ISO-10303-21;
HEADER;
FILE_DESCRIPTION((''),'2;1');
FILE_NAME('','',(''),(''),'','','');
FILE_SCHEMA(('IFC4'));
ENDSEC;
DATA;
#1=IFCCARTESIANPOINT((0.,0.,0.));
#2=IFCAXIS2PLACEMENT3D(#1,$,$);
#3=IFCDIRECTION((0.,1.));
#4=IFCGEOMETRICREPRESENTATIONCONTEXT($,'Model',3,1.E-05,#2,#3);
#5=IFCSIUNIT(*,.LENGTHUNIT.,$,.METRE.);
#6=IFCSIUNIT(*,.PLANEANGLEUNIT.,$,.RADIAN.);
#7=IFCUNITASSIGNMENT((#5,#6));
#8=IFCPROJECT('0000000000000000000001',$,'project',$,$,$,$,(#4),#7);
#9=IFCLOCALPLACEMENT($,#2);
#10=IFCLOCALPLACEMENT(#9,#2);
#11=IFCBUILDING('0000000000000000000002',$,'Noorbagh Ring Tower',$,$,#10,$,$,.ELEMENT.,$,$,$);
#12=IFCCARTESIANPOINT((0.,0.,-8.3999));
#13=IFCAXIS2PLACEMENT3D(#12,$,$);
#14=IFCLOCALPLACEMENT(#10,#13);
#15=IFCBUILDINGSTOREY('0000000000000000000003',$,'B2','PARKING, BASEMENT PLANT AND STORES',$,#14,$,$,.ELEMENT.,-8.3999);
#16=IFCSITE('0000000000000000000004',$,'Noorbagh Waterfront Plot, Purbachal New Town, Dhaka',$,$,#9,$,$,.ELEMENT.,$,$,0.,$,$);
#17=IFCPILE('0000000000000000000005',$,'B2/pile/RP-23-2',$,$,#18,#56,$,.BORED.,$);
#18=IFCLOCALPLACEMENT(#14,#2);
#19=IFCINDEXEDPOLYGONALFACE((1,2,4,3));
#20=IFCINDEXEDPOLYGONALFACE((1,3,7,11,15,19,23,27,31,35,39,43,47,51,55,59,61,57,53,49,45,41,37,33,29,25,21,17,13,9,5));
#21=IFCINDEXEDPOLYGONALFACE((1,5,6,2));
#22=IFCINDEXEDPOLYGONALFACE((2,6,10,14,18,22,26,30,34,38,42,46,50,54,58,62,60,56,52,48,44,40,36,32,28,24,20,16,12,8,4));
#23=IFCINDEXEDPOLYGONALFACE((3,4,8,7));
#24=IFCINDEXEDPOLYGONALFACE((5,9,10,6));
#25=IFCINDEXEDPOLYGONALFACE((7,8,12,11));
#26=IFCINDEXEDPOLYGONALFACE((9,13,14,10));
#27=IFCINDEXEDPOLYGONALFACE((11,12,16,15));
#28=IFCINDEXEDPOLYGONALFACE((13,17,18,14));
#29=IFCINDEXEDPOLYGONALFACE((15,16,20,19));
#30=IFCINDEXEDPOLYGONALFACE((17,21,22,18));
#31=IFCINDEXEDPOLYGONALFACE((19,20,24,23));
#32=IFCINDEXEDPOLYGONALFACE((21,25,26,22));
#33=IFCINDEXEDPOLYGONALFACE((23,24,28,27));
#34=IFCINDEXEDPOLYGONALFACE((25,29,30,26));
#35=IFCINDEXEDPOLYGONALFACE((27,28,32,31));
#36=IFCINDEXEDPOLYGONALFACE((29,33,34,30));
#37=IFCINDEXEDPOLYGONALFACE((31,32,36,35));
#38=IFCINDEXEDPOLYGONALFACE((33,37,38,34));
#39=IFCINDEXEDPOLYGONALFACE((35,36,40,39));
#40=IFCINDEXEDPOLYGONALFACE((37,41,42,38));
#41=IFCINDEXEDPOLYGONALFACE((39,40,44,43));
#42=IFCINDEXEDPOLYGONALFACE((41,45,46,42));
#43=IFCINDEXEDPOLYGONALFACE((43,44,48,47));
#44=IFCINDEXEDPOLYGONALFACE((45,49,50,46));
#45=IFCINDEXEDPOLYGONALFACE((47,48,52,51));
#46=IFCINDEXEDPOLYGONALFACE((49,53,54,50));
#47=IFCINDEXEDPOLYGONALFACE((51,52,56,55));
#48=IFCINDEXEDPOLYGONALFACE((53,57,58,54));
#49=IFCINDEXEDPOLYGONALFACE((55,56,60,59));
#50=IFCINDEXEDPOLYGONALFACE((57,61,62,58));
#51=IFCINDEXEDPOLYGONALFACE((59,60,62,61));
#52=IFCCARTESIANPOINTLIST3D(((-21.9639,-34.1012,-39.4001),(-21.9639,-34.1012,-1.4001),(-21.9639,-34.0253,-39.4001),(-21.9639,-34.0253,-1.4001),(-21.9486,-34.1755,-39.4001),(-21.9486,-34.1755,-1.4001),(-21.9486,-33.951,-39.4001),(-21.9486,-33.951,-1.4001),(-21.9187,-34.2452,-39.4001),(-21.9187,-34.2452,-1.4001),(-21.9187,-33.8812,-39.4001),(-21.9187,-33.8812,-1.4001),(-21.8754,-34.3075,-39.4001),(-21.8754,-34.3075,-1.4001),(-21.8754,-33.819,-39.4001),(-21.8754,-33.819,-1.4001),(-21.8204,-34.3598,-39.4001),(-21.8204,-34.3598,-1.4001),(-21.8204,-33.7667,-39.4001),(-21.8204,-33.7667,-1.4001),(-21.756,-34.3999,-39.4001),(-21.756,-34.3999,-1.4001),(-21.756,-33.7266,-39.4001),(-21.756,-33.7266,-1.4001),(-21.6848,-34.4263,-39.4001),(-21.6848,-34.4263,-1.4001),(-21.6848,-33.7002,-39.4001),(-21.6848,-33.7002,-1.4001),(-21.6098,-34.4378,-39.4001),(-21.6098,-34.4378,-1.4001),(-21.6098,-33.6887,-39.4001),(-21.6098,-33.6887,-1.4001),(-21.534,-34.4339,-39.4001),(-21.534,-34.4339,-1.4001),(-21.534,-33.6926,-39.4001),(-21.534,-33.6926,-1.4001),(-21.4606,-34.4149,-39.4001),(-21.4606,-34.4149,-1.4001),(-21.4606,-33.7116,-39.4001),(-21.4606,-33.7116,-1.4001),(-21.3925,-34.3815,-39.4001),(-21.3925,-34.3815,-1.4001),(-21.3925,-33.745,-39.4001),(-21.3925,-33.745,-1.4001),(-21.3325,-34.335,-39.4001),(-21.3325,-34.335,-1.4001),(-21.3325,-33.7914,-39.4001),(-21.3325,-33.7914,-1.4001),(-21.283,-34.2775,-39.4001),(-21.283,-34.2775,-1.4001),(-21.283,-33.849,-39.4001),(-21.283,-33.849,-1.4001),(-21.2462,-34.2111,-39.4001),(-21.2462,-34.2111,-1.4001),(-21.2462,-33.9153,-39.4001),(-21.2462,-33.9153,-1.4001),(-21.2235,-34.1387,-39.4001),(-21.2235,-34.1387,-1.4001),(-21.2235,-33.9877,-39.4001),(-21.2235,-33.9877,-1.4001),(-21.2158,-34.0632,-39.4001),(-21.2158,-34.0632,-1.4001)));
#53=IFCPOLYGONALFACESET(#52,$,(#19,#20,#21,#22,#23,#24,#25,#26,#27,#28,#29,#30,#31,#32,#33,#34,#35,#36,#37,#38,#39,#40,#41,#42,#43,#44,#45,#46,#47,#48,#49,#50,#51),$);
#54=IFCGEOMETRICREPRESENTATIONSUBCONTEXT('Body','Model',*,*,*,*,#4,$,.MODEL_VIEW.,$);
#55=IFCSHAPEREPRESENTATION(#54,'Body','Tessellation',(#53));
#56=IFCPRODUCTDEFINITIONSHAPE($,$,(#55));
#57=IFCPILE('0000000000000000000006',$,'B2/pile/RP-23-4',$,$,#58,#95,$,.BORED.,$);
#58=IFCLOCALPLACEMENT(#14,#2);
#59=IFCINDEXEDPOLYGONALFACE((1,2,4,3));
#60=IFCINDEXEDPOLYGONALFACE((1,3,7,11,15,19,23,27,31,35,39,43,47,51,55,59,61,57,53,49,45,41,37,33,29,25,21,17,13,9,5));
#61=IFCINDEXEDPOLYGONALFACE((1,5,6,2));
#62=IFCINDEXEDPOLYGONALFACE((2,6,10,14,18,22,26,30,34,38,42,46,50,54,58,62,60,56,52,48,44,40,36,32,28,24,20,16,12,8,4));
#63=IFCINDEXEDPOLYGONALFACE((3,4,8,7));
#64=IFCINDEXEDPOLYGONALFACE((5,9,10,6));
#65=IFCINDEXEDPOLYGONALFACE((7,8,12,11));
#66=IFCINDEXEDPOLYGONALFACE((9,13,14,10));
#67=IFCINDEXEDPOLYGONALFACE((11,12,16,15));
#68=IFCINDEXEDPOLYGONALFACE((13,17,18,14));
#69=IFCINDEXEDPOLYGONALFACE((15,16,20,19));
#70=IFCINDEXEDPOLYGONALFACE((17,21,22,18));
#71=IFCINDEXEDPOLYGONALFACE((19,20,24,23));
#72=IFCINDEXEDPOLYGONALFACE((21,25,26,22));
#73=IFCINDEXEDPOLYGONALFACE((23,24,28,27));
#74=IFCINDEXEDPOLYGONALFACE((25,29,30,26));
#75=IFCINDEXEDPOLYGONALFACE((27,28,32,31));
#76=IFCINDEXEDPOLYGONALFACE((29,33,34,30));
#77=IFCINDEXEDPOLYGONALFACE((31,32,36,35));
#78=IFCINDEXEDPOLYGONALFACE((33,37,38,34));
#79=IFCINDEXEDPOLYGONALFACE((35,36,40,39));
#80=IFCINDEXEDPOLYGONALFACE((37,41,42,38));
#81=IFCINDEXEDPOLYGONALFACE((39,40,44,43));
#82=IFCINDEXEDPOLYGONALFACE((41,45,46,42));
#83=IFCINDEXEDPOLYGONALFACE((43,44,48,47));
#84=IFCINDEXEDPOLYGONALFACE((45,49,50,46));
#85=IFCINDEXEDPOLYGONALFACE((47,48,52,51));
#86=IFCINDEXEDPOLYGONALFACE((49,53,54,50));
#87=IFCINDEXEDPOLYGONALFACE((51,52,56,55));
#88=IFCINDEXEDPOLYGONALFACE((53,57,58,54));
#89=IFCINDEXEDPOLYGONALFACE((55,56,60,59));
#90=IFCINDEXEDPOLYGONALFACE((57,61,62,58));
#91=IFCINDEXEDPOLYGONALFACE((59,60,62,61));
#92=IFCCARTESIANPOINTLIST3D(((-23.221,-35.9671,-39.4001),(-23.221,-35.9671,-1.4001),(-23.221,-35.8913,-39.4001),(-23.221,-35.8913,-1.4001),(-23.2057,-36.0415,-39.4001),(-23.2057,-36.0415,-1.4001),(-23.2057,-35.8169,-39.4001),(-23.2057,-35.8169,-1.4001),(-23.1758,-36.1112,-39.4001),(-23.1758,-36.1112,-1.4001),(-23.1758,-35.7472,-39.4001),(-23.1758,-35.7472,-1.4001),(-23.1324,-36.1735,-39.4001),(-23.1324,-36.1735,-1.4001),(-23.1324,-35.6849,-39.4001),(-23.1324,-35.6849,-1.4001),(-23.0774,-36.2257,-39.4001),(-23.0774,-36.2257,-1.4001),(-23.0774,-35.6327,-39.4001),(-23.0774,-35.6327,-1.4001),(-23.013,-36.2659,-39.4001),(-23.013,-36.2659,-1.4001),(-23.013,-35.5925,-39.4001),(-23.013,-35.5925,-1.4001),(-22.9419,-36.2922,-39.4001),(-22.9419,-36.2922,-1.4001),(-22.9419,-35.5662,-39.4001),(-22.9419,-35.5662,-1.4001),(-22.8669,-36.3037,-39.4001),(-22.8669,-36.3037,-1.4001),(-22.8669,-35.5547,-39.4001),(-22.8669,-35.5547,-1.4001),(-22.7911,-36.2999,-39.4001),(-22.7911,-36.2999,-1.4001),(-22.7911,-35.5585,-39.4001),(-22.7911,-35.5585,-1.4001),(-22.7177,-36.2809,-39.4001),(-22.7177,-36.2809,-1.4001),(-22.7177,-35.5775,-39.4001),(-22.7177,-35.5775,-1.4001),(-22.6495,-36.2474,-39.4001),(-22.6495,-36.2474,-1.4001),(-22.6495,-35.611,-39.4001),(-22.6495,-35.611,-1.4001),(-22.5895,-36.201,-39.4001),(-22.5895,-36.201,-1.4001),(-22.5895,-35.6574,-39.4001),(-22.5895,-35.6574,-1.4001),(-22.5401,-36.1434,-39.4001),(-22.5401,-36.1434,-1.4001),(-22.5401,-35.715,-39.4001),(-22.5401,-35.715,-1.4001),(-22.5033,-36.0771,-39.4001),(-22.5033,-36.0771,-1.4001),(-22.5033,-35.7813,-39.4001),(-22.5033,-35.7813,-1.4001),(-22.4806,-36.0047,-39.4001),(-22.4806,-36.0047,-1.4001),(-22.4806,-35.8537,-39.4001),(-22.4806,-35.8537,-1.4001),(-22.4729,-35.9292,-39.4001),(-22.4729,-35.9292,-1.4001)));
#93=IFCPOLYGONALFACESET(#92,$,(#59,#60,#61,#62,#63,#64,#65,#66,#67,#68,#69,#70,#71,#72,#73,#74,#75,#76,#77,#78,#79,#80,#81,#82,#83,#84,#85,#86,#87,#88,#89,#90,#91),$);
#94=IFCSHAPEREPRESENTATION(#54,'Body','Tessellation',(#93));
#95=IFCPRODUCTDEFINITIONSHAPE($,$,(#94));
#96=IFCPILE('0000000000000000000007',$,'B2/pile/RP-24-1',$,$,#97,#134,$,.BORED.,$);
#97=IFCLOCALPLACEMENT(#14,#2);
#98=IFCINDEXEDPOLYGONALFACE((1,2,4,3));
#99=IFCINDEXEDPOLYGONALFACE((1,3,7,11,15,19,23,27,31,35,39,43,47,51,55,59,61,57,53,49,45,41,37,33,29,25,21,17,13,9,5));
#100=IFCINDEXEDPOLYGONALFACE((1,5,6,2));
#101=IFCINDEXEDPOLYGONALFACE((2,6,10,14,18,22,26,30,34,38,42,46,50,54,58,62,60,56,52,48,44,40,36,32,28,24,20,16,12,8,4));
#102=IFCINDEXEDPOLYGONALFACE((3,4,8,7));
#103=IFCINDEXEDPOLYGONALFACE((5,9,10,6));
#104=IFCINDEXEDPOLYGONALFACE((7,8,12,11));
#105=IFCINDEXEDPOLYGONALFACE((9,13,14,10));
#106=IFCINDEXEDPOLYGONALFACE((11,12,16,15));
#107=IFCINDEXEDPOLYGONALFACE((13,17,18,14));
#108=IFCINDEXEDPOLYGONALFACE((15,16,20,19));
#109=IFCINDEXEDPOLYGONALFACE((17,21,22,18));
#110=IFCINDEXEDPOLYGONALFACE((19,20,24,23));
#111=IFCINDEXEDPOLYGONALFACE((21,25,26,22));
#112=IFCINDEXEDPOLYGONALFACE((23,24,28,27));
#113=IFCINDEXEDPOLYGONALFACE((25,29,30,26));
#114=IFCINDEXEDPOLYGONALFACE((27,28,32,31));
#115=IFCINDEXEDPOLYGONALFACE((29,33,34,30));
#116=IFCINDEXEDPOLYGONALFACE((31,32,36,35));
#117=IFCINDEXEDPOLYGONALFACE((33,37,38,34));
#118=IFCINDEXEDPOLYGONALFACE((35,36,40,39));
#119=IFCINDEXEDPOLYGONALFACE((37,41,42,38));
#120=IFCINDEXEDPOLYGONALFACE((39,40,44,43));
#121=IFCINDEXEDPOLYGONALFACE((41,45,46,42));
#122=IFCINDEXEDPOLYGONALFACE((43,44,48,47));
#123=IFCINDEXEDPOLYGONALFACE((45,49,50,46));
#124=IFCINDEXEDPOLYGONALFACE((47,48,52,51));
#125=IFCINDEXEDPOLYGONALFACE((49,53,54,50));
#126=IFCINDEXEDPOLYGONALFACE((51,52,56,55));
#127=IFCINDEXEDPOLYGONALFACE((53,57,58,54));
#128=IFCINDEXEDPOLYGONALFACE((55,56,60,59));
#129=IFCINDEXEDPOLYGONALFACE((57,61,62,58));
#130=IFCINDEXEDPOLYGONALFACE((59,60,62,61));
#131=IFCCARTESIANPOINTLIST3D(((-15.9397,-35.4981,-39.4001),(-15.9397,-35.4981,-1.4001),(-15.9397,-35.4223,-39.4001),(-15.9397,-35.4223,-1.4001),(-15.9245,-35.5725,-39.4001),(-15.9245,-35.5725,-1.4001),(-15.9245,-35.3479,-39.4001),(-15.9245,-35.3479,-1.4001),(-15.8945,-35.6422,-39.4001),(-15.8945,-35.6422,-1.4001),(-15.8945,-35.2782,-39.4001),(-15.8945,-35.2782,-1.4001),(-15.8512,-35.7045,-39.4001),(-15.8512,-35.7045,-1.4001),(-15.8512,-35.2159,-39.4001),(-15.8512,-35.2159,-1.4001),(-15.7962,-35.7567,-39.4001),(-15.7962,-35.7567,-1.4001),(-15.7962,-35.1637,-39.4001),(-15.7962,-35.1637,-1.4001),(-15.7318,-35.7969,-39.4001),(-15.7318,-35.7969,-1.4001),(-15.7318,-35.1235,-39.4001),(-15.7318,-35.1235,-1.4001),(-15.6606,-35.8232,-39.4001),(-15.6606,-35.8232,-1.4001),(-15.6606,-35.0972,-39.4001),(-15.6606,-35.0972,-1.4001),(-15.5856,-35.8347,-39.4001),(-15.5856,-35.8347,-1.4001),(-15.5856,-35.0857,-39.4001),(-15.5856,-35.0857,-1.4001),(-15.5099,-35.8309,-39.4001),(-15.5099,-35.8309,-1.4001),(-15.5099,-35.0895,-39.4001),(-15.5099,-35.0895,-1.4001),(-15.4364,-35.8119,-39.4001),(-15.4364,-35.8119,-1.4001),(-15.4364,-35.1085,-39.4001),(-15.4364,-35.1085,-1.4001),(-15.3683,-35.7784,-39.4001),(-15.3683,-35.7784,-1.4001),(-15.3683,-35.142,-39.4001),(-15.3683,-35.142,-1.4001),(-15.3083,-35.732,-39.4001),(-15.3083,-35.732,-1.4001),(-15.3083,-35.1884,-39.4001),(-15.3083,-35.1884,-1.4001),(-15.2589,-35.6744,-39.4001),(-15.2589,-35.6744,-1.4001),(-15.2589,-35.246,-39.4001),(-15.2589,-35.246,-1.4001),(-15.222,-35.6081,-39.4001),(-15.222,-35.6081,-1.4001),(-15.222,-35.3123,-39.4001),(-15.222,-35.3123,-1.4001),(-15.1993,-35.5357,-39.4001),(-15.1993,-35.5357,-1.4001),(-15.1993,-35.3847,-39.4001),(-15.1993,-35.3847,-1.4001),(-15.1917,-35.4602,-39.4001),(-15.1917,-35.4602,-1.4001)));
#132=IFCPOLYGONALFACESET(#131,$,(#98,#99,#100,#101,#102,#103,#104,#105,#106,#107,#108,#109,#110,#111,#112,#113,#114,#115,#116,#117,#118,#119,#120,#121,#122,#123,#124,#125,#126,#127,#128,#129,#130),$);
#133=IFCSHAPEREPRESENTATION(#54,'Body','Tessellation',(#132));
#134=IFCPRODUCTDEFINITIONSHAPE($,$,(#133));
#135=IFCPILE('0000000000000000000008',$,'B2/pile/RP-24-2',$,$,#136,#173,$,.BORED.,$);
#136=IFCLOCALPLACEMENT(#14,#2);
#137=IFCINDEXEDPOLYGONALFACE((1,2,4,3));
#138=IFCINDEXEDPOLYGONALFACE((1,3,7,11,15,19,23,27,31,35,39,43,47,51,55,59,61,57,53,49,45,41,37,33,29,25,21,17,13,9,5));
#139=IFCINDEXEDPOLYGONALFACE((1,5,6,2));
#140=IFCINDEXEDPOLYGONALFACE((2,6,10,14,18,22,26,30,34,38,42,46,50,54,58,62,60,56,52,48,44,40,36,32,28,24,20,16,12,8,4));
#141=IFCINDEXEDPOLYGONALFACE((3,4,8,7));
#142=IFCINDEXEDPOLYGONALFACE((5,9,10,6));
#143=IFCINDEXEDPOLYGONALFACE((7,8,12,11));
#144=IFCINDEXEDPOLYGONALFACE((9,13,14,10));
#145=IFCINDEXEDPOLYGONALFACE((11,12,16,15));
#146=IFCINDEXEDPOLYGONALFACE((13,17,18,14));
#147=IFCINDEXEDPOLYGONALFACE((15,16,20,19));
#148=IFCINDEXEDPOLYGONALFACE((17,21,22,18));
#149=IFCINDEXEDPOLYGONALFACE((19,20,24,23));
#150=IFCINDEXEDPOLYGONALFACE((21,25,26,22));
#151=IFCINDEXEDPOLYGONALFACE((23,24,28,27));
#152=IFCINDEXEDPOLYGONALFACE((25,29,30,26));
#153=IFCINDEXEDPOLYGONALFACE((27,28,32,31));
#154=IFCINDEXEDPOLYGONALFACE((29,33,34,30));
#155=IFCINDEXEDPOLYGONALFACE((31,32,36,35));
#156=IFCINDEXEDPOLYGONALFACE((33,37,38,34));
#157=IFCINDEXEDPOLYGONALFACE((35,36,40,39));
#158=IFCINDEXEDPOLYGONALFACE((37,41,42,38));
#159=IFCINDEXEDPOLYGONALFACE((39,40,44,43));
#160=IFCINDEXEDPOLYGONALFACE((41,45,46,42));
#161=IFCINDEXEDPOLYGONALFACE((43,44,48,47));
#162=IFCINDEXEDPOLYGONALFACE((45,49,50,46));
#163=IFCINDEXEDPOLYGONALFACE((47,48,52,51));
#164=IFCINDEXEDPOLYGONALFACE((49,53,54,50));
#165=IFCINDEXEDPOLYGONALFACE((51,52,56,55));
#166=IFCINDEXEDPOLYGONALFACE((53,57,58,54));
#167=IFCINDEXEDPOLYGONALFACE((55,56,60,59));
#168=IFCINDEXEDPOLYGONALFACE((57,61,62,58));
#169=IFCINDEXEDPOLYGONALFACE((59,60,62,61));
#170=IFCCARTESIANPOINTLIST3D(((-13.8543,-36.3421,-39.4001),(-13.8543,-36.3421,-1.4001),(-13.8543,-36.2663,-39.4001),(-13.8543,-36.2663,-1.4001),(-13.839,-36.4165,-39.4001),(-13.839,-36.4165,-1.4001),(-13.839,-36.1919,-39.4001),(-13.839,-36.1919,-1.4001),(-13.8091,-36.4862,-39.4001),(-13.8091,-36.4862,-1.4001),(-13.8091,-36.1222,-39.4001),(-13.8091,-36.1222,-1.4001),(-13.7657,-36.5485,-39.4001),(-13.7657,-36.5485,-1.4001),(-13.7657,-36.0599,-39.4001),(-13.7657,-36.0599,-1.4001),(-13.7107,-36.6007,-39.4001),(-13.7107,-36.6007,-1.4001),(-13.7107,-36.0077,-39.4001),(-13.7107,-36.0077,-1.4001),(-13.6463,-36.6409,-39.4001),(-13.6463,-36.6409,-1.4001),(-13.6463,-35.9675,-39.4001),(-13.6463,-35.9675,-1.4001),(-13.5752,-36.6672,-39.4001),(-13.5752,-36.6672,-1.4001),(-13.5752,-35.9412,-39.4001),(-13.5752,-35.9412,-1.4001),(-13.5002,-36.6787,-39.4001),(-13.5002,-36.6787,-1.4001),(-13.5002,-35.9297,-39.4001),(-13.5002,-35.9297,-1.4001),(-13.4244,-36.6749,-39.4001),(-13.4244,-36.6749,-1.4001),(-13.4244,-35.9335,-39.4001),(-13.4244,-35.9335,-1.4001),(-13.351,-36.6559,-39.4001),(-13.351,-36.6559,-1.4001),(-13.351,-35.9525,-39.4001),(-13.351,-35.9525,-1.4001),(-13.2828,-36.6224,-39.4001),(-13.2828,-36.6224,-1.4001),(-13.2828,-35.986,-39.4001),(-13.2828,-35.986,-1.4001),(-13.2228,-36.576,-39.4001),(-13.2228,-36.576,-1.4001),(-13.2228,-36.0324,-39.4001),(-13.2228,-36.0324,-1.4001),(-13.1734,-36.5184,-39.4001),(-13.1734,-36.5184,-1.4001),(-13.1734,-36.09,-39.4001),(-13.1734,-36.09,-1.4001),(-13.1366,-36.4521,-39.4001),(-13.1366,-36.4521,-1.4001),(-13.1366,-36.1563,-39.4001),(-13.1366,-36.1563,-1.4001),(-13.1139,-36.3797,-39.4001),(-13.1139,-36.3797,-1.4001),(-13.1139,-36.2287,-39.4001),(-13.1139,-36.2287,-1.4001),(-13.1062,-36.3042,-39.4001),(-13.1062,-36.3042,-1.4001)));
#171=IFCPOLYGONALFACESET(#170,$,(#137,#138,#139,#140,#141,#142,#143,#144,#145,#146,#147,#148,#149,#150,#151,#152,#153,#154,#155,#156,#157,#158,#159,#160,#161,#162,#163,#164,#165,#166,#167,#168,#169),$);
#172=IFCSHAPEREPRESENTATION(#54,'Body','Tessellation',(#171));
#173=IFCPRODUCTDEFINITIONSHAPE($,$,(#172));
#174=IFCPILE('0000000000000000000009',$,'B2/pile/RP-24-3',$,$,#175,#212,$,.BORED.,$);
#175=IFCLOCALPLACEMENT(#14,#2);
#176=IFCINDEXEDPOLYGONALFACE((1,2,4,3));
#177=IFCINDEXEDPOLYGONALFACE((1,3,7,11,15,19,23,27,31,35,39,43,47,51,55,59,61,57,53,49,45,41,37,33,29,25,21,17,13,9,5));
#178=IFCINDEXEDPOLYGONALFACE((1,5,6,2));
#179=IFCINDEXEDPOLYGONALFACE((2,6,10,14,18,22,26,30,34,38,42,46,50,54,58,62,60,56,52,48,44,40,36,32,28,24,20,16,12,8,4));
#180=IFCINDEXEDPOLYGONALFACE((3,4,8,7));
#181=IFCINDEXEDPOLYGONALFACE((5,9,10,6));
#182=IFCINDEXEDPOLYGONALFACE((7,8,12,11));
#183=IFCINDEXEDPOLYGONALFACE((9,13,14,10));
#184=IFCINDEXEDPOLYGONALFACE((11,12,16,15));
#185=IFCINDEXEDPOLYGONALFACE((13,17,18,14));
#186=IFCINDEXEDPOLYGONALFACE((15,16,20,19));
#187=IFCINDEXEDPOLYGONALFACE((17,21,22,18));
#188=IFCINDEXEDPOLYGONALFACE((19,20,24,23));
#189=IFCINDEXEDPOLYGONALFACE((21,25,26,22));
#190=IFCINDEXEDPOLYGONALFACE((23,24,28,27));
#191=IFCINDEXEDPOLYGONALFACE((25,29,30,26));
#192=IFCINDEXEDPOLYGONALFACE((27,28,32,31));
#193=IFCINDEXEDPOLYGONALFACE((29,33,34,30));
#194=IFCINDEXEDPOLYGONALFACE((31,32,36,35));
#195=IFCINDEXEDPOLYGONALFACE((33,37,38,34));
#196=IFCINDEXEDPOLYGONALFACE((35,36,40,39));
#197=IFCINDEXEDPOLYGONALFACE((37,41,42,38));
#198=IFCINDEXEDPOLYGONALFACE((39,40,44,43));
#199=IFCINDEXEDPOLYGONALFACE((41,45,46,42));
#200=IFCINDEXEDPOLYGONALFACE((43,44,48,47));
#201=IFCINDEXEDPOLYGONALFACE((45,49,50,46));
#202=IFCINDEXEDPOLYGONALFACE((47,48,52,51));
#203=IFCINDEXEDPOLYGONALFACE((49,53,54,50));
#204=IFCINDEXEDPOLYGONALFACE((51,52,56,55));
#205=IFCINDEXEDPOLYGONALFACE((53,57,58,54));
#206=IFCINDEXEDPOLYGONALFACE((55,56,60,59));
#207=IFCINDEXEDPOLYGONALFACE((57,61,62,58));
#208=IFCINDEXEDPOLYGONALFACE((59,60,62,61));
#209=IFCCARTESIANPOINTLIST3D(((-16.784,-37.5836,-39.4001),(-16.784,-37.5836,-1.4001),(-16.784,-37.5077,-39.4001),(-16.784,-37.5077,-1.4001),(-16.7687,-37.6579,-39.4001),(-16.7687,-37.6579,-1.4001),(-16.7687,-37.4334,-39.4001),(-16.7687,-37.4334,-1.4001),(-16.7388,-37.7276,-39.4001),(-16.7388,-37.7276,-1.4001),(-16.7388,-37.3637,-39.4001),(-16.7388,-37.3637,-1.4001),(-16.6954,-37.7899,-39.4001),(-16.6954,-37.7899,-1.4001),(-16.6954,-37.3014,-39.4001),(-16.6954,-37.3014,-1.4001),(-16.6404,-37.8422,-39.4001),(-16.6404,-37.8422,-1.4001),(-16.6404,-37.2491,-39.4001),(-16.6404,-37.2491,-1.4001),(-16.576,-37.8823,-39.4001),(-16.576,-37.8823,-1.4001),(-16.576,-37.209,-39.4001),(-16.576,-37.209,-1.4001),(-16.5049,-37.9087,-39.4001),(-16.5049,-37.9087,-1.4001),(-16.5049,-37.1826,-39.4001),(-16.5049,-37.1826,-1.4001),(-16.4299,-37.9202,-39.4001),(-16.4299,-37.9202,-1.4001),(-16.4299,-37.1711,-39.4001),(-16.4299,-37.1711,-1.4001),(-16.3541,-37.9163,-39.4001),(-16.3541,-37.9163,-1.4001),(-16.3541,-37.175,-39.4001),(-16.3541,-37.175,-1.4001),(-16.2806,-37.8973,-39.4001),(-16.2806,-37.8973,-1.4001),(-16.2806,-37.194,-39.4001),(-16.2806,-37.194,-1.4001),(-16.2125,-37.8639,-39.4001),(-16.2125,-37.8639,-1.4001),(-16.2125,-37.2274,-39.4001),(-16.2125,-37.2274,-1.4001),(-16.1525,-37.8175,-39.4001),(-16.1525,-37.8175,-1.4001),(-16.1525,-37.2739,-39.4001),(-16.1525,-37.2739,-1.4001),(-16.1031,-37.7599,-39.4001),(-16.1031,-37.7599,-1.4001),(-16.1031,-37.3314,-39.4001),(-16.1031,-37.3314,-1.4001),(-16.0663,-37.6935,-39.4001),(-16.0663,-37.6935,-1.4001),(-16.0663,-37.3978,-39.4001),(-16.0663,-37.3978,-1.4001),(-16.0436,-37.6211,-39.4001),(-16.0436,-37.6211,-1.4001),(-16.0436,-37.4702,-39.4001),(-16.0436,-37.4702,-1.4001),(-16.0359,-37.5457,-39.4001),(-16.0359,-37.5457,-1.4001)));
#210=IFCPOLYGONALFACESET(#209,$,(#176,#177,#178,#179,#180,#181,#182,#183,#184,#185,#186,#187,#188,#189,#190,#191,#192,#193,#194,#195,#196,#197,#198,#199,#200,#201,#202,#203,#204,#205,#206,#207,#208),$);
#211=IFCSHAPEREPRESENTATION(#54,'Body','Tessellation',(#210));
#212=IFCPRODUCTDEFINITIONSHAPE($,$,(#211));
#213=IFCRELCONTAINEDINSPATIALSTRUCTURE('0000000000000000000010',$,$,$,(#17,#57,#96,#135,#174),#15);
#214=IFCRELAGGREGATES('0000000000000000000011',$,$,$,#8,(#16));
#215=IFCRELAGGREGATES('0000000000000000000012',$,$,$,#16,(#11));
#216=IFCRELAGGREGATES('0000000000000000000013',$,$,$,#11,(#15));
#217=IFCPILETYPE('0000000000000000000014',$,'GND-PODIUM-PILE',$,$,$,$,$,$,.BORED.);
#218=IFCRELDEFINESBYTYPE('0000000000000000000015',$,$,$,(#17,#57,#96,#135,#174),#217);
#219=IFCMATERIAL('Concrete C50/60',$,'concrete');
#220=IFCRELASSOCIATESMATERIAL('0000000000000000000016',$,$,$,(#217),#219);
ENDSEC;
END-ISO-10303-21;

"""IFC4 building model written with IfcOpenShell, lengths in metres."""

from ifc_helpers import new_model, si_unit, direction, frame, origin, origin_2d, place, context, subcontext, project, spatial, circle, extrude, material, material_profile, profile_set, type_object, element, save


model = new_model("IFC4")

# Units and contexts
model_context = context("Model", 3, precision=1e-05, world=origin(), true_north=direction((0.0, 1.0)))
body_context = subcontext(model_context, "Body", "Model", "MODEL_VIEW")
ifc_project = project(units=[si_unit("LENGTHUNIT", "METRE"), si_unit("PLANEANGLEUNIT", "RADIAN")], contexts=[model_context])

# Site, building, storey
site_placement = place(None, origin())
site = spatial("IfcSite", under=ifc_project, at=site_placement, Name="Noorbagh Waterfront Plot, Purbachal New Town, Dhaka", CompositionType="ELEMENT", RefElevation=0.0)
building_placement = place(site_placement, origin())
building = spatial("IfcBuilding", under=site, at=building_placement, Name="Noorbagh Ring Tower", CompositionType="ELEMENT")
storey_placement = place(building_placement, frame((0.0, 0.0, -8.3999)))
storey = spatial("IfcBuildingStorey", under=building, at=storey_placement, Name="B2", Description="PARKING, BASEMENT PLANT AND STORES", CompositionType="ELEMENT", Elevation=-8.3999)

# Piles
ifc_material_1 = material(Name="Concrete C50/60", Category="concrete")
ifc_material_profile_1 = material_profile(ifc_material_1, circle(Radius=0.375, at=origin_2d()), Name="PILE750")
ifc_profile_set_1 = profile_set([ifc_material_profile_1], Name="Concrete C50/60")
pile_type_1 = type_object("IfcPileType", Name="GND-PODIUM-PILE", PredefinedType="BORED", material=ifc_profile_set_1)
for number, where, z_axis, x_axis, name in (
    (1, (-21.5908, -34.0632, -1.4001), (0.0, 0.0, -1.0), (1.0, 0.0, 0.0), "B2/pile/RP-23-2"),
    (2, (-22.8479, -35.9292, -1.4001), (0.0, 0.0, -1.0), (1.0, 0.0, 0.0), "B2/pile/RP-23-4"),
    (3, (-15.5667, -35.4602, -1.4001), (0.0, 0.0, -1.0), (1.0, 0.0, 0.0), "B2/pile/RP-24-1"),
    (4, (-13.4812, -36.3042, -1.4001), (0.0, 0.0, -1.0), (1.0, 0.0, 0.0), "B2/pile/RP-24-2"),
    (5, (-16.4109, -37.5457, -1.4001), (0.0, 0.0, -1.0), (1.0, 0.0, 0.0), "B2/pile/RP-24-3"),
):
    element("IfcPile", number, at=place(storey_placement, frame(where, z_axis=z_axis, x_axis=x_axis)), inside=storey, type_object=pile_type_1, Name=name, PredefinedType="BORED", context=body_context, shape_type="SweptSolid", body=[
        extrude(circle(Radius=0.375, at=origin_2d()), origin(), (0.0, 0.0, 1.0), 38.0),
    ])

save(model, "model.ifc")
